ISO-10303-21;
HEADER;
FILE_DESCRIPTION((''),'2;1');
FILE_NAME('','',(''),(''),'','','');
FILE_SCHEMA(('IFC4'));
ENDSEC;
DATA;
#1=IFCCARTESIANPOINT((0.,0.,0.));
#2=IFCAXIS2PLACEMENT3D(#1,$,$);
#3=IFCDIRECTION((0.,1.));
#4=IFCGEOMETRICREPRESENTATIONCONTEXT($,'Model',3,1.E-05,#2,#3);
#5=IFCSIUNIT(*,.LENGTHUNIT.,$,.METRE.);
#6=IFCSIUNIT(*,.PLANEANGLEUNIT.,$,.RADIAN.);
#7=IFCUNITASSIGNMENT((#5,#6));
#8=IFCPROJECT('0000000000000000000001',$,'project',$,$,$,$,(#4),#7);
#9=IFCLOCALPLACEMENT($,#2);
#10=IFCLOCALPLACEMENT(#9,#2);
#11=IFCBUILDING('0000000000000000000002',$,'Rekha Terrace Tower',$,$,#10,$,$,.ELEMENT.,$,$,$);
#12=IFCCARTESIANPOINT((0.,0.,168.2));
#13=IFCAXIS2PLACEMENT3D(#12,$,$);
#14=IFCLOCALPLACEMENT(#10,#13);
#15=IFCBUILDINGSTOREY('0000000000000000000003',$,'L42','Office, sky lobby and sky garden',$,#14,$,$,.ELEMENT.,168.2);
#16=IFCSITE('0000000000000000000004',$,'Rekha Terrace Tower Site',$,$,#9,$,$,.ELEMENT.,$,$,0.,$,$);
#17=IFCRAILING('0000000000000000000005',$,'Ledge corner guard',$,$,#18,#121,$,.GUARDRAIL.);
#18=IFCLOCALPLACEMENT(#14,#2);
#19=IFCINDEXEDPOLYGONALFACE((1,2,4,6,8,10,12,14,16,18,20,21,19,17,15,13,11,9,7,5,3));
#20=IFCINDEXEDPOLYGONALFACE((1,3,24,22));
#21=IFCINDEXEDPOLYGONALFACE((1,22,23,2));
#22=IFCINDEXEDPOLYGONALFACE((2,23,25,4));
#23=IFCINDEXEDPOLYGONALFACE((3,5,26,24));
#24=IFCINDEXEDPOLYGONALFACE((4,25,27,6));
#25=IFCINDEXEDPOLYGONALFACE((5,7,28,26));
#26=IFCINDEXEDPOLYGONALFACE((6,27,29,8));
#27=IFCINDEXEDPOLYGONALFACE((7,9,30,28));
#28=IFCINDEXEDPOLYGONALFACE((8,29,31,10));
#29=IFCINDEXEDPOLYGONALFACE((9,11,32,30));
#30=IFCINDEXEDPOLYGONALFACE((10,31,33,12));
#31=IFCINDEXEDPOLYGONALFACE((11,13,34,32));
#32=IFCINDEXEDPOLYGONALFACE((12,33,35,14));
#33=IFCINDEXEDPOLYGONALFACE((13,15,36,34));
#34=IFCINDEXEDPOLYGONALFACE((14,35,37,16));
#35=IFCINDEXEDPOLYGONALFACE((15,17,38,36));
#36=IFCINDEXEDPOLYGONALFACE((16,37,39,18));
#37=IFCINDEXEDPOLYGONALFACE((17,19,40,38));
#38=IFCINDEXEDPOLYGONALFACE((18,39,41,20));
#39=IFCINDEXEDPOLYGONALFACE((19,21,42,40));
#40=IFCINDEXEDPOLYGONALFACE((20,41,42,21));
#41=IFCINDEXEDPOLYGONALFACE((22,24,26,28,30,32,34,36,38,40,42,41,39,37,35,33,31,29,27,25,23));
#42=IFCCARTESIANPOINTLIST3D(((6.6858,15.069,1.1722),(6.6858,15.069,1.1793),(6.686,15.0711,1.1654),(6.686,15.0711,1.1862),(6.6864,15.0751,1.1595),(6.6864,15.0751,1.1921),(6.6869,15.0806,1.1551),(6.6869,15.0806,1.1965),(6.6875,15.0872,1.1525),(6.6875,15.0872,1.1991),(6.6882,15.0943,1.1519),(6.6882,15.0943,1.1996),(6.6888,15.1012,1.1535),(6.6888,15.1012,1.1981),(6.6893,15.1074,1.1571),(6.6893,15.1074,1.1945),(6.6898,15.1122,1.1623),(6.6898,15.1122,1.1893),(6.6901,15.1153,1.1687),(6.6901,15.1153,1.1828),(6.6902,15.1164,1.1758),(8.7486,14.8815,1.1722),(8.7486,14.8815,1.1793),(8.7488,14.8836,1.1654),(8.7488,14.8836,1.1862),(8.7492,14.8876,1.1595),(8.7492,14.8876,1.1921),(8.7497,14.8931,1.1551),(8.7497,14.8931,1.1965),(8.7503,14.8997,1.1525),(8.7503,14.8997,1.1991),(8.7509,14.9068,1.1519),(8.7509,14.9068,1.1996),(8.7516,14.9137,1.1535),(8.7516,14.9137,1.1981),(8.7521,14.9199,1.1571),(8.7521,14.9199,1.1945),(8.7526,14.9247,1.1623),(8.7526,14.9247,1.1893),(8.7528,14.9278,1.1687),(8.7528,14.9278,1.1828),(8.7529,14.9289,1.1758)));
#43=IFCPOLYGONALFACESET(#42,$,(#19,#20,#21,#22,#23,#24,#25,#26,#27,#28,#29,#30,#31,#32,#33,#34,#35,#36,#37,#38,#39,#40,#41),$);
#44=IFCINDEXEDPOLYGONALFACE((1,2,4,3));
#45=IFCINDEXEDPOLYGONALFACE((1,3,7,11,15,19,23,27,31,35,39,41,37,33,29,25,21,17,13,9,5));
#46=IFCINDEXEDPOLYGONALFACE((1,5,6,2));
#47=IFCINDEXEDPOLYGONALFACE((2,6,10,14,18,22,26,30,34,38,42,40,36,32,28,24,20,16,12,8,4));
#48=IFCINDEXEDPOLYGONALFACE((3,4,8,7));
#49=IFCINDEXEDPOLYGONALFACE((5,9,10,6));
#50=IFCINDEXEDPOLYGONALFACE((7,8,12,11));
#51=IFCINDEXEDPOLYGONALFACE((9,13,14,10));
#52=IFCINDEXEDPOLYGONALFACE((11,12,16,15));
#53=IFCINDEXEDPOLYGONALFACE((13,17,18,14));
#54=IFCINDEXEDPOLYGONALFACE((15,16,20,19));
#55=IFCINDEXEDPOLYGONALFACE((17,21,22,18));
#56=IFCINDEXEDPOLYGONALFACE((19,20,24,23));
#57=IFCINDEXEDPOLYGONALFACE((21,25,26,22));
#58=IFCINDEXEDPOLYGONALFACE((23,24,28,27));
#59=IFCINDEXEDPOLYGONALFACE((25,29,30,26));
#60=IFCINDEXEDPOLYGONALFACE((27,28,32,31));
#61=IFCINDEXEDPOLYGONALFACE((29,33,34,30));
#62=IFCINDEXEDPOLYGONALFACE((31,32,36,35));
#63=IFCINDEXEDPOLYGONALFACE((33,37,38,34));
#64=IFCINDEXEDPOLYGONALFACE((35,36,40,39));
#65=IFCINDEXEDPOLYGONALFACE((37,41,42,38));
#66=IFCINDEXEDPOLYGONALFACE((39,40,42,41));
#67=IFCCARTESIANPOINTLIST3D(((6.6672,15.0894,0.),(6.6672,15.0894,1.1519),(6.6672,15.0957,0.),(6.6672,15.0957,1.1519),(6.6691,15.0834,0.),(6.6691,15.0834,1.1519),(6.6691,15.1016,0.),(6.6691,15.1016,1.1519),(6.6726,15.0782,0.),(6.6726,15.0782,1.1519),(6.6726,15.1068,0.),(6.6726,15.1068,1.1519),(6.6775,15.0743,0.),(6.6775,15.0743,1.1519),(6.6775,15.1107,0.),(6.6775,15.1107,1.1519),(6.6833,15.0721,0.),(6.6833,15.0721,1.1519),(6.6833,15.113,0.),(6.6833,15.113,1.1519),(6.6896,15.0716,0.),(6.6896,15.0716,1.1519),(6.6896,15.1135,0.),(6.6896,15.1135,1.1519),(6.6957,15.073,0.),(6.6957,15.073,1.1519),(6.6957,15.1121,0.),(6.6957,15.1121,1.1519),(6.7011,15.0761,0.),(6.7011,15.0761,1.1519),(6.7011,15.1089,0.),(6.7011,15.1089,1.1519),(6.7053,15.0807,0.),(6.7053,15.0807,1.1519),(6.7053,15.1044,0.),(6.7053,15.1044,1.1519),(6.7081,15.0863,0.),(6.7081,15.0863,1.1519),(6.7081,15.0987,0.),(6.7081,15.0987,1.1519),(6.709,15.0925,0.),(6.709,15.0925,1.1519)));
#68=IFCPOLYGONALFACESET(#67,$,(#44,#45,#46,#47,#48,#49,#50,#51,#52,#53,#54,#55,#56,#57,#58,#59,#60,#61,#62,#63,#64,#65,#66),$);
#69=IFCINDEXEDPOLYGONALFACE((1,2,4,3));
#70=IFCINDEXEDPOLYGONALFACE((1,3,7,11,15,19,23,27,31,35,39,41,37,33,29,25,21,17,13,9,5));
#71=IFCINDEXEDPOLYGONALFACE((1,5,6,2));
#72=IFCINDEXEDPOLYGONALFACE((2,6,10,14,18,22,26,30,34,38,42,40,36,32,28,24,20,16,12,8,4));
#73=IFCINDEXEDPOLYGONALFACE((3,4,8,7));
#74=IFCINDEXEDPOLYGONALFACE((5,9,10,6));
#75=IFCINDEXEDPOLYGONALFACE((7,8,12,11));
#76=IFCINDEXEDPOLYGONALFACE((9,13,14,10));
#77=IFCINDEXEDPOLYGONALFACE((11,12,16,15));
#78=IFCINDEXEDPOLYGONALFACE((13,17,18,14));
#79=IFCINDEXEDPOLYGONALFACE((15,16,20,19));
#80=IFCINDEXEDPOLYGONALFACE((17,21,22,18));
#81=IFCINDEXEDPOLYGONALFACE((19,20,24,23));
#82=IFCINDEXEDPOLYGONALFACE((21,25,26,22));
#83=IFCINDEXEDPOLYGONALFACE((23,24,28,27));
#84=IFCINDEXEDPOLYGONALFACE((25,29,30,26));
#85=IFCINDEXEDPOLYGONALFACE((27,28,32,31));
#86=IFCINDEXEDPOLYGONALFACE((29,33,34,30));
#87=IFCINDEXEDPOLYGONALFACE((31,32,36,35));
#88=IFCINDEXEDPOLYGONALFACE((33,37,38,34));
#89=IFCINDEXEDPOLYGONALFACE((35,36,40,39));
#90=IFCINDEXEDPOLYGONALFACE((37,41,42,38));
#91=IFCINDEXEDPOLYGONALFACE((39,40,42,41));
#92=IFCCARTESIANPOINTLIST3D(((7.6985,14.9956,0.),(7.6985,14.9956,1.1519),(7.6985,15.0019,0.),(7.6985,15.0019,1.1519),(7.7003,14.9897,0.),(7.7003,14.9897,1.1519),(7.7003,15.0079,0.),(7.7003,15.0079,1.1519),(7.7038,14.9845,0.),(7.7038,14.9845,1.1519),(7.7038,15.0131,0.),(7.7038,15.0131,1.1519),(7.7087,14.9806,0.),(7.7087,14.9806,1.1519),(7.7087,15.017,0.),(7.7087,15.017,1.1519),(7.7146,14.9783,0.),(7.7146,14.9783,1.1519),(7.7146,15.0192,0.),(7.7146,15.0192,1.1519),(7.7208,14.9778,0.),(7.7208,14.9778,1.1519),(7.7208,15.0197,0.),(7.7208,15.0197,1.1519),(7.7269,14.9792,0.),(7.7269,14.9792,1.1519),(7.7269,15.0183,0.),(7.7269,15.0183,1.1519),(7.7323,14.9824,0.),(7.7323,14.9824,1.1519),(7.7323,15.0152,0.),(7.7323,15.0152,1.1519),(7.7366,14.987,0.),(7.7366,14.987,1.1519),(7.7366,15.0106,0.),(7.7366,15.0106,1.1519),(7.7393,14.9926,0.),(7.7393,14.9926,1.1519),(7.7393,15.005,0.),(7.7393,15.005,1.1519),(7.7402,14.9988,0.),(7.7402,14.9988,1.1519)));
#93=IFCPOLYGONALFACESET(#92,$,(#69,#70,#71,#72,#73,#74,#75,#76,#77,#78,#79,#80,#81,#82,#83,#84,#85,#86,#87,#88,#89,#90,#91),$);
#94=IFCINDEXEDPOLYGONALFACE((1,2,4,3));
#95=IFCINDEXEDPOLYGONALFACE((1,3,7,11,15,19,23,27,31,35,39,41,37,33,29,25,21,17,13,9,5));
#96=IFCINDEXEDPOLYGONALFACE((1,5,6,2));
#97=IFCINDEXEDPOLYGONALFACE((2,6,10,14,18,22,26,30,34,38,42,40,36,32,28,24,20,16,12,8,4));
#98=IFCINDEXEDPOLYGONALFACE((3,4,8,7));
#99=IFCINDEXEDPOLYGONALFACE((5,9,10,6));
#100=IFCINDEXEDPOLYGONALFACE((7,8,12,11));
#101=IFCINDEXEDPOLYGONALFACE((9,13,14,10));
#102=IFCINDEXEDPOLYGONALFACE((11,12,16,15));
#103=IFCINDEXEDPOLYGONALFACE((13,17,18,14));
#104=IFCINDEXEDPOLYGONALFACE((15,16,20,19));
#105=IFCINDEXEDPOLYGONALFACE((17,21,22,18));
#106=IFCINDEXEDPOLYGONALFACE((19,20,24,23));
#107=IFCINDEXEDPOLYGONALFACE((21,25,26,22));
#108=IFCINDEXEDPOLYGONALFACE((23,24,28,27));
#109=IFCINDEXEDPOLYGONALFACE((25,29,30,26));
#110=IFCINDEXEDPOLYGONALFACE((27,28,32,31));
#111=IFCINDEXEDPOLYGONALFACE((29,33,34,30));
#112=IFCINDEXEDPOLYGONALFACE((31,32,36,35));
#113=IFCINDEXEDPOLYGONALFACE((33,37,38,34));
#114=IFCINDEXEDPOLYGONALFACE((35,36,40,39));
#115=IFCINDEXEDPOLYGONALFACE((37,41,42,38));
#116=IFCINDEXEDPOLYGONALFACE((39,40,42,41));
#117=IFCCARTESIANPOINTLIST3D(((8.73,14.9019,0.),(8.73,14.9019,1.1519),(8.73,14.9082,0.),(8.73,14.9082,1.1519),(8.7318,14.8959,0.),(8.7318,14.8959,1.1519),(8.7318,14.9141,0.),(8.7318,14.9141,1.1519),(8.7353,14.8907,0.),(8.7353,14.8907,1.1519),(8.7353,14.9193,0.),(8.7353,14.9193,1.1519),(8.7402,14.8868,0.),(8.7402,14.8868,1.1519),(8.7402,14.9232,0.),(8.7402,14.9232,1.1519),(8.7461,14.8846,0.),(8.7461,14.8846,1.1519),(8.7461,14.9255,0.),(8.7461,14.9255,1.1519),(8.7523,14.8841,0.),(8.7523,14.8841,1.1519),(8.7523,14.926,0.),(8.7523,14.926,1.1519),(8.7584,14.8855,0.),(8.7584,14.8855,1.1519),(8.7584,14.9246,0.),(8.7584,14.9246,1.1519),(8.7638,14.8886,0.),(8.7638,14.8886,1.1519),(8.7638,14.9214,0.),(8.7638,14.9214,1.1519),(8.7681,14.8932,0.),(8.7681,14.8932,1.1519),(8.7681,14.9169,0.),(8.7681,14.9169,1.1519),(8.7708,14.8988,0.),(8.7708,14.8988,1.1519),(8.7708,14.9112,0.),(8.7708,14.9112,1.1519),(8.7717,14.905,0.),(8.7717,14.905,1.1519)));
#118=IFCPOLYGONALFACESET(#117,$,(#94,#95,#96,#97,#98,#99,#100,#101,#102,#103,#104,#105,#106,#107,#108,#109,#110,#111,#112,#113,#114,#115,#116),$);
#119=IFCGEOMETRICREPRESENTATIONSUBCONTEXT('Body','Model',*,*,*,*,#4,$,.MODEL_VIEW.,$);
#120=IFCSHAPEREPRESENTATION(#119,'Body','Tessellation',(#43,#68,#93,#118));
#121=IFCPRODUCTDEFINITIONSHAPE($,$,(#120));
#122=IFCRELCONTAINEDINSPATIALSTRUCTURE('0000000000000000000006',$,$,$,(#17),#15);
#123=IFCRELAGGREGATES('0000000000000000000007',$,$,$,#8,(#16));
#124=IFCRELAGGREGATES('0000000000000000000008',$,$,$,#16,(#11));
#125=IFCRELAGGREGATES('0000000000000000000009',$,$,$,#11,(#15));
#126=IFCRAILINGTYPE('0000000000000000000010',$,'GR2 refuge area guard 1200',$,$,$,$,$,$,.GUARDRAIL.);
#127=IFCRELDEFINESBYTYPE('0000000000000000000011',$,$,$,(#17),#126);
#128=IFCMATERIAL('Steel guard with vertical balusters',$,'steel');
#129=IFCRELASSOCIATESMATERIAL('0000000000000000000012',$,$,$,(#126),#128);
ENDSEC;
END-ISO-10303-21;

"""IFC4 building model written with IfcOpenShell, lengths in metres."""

from ifc_helpers import new_model, si_unit, direction, frame, origin, origin_2d, place, context, subcontext, project, spatial, circle, extrude, material, type_object, element, save


model = new_model("IFC4")

# Units and contexts
model_context = context("Model", 3, precision=1e-05, world=origin(), true_north=direction((0.0, 1.0)))
body_context = subcontext(model_context, "Body", "Model", "MODEL_VIEW")
ifc_project = project(units=[si_unit("LENGTHUNIT", "METRE"), si_unit("PLANEANGLEUNIT", "RADIAN")], contexts=[model_context])

# Site, building, storey
site_placement = place(None, origin())
site = spatial("IfcSite", under=ifc_project, at=site_placement, Name="Rekha Terrace Tower Site", CompositionType="ELEMENT", RefElevation=0.0)
building_placement = place(site_placement, origin())
building = spatial("IfcBuilding", under=site, at=building_placement, Name="Rekha Terrace Tower", CompositionType="ELEMENT")
storey_placement = place(building_placement, frame((0.0, 0.0, 168.2)))
storey = spatial("IfcBuildingStorey", under=building, at=storey_placement, Name="L42", Description="Office, sky lobby and sky garden", CompositionType="ELEMENT", Elevation=168.2)

# Railing
ifc_material_1 = material(Name="Steel guard with vertical balusters", Category="steel")
railing_type = type_object("IfcRailingType", Name="GR2 refuge area guard 1200", PredefinedType="GUARDRAIL", material=ifc_material_1)
railing_1_placement = place(storey_placement, frame((6.688, 15.0925, 0.0)))
element("IfcRailing", 1, at=railing_1_placement, inside=storey, type_object=railing_type, Name="Ledge corner guard", PredefinedType="GUARDRAIL", context=body_context, shape_type="SweptSolid", body=[
    extrude(circle(Radius=0.0239, at=origin_2d()), frame((0.0, 0.0, 1.1758), z_axis=(0.995894, -0.090525, 0.0), x_axis=(0.090525, 0.995894, 0.0)), (0.0, 0.0, 1.0), 2.0713),
    extrude(circle(Radius=0.021, at=origin_2d()), origin(), (0.0, 0.0, 1.0), 1.1519),
    extrude(circle(Radius=0.021, at=origin_2d()), frame((1.0312, -0.0938, 0.0)), (0.0, 0.0, 1.0), 1.1519),
    extrude(circle(Radius=0.021, at=origin_2d()), frame((2.0627, -0.1875, 0.0)), (0.0, 0.0, 1.0), 1.1519),
])

save(model, "model.ifc")
